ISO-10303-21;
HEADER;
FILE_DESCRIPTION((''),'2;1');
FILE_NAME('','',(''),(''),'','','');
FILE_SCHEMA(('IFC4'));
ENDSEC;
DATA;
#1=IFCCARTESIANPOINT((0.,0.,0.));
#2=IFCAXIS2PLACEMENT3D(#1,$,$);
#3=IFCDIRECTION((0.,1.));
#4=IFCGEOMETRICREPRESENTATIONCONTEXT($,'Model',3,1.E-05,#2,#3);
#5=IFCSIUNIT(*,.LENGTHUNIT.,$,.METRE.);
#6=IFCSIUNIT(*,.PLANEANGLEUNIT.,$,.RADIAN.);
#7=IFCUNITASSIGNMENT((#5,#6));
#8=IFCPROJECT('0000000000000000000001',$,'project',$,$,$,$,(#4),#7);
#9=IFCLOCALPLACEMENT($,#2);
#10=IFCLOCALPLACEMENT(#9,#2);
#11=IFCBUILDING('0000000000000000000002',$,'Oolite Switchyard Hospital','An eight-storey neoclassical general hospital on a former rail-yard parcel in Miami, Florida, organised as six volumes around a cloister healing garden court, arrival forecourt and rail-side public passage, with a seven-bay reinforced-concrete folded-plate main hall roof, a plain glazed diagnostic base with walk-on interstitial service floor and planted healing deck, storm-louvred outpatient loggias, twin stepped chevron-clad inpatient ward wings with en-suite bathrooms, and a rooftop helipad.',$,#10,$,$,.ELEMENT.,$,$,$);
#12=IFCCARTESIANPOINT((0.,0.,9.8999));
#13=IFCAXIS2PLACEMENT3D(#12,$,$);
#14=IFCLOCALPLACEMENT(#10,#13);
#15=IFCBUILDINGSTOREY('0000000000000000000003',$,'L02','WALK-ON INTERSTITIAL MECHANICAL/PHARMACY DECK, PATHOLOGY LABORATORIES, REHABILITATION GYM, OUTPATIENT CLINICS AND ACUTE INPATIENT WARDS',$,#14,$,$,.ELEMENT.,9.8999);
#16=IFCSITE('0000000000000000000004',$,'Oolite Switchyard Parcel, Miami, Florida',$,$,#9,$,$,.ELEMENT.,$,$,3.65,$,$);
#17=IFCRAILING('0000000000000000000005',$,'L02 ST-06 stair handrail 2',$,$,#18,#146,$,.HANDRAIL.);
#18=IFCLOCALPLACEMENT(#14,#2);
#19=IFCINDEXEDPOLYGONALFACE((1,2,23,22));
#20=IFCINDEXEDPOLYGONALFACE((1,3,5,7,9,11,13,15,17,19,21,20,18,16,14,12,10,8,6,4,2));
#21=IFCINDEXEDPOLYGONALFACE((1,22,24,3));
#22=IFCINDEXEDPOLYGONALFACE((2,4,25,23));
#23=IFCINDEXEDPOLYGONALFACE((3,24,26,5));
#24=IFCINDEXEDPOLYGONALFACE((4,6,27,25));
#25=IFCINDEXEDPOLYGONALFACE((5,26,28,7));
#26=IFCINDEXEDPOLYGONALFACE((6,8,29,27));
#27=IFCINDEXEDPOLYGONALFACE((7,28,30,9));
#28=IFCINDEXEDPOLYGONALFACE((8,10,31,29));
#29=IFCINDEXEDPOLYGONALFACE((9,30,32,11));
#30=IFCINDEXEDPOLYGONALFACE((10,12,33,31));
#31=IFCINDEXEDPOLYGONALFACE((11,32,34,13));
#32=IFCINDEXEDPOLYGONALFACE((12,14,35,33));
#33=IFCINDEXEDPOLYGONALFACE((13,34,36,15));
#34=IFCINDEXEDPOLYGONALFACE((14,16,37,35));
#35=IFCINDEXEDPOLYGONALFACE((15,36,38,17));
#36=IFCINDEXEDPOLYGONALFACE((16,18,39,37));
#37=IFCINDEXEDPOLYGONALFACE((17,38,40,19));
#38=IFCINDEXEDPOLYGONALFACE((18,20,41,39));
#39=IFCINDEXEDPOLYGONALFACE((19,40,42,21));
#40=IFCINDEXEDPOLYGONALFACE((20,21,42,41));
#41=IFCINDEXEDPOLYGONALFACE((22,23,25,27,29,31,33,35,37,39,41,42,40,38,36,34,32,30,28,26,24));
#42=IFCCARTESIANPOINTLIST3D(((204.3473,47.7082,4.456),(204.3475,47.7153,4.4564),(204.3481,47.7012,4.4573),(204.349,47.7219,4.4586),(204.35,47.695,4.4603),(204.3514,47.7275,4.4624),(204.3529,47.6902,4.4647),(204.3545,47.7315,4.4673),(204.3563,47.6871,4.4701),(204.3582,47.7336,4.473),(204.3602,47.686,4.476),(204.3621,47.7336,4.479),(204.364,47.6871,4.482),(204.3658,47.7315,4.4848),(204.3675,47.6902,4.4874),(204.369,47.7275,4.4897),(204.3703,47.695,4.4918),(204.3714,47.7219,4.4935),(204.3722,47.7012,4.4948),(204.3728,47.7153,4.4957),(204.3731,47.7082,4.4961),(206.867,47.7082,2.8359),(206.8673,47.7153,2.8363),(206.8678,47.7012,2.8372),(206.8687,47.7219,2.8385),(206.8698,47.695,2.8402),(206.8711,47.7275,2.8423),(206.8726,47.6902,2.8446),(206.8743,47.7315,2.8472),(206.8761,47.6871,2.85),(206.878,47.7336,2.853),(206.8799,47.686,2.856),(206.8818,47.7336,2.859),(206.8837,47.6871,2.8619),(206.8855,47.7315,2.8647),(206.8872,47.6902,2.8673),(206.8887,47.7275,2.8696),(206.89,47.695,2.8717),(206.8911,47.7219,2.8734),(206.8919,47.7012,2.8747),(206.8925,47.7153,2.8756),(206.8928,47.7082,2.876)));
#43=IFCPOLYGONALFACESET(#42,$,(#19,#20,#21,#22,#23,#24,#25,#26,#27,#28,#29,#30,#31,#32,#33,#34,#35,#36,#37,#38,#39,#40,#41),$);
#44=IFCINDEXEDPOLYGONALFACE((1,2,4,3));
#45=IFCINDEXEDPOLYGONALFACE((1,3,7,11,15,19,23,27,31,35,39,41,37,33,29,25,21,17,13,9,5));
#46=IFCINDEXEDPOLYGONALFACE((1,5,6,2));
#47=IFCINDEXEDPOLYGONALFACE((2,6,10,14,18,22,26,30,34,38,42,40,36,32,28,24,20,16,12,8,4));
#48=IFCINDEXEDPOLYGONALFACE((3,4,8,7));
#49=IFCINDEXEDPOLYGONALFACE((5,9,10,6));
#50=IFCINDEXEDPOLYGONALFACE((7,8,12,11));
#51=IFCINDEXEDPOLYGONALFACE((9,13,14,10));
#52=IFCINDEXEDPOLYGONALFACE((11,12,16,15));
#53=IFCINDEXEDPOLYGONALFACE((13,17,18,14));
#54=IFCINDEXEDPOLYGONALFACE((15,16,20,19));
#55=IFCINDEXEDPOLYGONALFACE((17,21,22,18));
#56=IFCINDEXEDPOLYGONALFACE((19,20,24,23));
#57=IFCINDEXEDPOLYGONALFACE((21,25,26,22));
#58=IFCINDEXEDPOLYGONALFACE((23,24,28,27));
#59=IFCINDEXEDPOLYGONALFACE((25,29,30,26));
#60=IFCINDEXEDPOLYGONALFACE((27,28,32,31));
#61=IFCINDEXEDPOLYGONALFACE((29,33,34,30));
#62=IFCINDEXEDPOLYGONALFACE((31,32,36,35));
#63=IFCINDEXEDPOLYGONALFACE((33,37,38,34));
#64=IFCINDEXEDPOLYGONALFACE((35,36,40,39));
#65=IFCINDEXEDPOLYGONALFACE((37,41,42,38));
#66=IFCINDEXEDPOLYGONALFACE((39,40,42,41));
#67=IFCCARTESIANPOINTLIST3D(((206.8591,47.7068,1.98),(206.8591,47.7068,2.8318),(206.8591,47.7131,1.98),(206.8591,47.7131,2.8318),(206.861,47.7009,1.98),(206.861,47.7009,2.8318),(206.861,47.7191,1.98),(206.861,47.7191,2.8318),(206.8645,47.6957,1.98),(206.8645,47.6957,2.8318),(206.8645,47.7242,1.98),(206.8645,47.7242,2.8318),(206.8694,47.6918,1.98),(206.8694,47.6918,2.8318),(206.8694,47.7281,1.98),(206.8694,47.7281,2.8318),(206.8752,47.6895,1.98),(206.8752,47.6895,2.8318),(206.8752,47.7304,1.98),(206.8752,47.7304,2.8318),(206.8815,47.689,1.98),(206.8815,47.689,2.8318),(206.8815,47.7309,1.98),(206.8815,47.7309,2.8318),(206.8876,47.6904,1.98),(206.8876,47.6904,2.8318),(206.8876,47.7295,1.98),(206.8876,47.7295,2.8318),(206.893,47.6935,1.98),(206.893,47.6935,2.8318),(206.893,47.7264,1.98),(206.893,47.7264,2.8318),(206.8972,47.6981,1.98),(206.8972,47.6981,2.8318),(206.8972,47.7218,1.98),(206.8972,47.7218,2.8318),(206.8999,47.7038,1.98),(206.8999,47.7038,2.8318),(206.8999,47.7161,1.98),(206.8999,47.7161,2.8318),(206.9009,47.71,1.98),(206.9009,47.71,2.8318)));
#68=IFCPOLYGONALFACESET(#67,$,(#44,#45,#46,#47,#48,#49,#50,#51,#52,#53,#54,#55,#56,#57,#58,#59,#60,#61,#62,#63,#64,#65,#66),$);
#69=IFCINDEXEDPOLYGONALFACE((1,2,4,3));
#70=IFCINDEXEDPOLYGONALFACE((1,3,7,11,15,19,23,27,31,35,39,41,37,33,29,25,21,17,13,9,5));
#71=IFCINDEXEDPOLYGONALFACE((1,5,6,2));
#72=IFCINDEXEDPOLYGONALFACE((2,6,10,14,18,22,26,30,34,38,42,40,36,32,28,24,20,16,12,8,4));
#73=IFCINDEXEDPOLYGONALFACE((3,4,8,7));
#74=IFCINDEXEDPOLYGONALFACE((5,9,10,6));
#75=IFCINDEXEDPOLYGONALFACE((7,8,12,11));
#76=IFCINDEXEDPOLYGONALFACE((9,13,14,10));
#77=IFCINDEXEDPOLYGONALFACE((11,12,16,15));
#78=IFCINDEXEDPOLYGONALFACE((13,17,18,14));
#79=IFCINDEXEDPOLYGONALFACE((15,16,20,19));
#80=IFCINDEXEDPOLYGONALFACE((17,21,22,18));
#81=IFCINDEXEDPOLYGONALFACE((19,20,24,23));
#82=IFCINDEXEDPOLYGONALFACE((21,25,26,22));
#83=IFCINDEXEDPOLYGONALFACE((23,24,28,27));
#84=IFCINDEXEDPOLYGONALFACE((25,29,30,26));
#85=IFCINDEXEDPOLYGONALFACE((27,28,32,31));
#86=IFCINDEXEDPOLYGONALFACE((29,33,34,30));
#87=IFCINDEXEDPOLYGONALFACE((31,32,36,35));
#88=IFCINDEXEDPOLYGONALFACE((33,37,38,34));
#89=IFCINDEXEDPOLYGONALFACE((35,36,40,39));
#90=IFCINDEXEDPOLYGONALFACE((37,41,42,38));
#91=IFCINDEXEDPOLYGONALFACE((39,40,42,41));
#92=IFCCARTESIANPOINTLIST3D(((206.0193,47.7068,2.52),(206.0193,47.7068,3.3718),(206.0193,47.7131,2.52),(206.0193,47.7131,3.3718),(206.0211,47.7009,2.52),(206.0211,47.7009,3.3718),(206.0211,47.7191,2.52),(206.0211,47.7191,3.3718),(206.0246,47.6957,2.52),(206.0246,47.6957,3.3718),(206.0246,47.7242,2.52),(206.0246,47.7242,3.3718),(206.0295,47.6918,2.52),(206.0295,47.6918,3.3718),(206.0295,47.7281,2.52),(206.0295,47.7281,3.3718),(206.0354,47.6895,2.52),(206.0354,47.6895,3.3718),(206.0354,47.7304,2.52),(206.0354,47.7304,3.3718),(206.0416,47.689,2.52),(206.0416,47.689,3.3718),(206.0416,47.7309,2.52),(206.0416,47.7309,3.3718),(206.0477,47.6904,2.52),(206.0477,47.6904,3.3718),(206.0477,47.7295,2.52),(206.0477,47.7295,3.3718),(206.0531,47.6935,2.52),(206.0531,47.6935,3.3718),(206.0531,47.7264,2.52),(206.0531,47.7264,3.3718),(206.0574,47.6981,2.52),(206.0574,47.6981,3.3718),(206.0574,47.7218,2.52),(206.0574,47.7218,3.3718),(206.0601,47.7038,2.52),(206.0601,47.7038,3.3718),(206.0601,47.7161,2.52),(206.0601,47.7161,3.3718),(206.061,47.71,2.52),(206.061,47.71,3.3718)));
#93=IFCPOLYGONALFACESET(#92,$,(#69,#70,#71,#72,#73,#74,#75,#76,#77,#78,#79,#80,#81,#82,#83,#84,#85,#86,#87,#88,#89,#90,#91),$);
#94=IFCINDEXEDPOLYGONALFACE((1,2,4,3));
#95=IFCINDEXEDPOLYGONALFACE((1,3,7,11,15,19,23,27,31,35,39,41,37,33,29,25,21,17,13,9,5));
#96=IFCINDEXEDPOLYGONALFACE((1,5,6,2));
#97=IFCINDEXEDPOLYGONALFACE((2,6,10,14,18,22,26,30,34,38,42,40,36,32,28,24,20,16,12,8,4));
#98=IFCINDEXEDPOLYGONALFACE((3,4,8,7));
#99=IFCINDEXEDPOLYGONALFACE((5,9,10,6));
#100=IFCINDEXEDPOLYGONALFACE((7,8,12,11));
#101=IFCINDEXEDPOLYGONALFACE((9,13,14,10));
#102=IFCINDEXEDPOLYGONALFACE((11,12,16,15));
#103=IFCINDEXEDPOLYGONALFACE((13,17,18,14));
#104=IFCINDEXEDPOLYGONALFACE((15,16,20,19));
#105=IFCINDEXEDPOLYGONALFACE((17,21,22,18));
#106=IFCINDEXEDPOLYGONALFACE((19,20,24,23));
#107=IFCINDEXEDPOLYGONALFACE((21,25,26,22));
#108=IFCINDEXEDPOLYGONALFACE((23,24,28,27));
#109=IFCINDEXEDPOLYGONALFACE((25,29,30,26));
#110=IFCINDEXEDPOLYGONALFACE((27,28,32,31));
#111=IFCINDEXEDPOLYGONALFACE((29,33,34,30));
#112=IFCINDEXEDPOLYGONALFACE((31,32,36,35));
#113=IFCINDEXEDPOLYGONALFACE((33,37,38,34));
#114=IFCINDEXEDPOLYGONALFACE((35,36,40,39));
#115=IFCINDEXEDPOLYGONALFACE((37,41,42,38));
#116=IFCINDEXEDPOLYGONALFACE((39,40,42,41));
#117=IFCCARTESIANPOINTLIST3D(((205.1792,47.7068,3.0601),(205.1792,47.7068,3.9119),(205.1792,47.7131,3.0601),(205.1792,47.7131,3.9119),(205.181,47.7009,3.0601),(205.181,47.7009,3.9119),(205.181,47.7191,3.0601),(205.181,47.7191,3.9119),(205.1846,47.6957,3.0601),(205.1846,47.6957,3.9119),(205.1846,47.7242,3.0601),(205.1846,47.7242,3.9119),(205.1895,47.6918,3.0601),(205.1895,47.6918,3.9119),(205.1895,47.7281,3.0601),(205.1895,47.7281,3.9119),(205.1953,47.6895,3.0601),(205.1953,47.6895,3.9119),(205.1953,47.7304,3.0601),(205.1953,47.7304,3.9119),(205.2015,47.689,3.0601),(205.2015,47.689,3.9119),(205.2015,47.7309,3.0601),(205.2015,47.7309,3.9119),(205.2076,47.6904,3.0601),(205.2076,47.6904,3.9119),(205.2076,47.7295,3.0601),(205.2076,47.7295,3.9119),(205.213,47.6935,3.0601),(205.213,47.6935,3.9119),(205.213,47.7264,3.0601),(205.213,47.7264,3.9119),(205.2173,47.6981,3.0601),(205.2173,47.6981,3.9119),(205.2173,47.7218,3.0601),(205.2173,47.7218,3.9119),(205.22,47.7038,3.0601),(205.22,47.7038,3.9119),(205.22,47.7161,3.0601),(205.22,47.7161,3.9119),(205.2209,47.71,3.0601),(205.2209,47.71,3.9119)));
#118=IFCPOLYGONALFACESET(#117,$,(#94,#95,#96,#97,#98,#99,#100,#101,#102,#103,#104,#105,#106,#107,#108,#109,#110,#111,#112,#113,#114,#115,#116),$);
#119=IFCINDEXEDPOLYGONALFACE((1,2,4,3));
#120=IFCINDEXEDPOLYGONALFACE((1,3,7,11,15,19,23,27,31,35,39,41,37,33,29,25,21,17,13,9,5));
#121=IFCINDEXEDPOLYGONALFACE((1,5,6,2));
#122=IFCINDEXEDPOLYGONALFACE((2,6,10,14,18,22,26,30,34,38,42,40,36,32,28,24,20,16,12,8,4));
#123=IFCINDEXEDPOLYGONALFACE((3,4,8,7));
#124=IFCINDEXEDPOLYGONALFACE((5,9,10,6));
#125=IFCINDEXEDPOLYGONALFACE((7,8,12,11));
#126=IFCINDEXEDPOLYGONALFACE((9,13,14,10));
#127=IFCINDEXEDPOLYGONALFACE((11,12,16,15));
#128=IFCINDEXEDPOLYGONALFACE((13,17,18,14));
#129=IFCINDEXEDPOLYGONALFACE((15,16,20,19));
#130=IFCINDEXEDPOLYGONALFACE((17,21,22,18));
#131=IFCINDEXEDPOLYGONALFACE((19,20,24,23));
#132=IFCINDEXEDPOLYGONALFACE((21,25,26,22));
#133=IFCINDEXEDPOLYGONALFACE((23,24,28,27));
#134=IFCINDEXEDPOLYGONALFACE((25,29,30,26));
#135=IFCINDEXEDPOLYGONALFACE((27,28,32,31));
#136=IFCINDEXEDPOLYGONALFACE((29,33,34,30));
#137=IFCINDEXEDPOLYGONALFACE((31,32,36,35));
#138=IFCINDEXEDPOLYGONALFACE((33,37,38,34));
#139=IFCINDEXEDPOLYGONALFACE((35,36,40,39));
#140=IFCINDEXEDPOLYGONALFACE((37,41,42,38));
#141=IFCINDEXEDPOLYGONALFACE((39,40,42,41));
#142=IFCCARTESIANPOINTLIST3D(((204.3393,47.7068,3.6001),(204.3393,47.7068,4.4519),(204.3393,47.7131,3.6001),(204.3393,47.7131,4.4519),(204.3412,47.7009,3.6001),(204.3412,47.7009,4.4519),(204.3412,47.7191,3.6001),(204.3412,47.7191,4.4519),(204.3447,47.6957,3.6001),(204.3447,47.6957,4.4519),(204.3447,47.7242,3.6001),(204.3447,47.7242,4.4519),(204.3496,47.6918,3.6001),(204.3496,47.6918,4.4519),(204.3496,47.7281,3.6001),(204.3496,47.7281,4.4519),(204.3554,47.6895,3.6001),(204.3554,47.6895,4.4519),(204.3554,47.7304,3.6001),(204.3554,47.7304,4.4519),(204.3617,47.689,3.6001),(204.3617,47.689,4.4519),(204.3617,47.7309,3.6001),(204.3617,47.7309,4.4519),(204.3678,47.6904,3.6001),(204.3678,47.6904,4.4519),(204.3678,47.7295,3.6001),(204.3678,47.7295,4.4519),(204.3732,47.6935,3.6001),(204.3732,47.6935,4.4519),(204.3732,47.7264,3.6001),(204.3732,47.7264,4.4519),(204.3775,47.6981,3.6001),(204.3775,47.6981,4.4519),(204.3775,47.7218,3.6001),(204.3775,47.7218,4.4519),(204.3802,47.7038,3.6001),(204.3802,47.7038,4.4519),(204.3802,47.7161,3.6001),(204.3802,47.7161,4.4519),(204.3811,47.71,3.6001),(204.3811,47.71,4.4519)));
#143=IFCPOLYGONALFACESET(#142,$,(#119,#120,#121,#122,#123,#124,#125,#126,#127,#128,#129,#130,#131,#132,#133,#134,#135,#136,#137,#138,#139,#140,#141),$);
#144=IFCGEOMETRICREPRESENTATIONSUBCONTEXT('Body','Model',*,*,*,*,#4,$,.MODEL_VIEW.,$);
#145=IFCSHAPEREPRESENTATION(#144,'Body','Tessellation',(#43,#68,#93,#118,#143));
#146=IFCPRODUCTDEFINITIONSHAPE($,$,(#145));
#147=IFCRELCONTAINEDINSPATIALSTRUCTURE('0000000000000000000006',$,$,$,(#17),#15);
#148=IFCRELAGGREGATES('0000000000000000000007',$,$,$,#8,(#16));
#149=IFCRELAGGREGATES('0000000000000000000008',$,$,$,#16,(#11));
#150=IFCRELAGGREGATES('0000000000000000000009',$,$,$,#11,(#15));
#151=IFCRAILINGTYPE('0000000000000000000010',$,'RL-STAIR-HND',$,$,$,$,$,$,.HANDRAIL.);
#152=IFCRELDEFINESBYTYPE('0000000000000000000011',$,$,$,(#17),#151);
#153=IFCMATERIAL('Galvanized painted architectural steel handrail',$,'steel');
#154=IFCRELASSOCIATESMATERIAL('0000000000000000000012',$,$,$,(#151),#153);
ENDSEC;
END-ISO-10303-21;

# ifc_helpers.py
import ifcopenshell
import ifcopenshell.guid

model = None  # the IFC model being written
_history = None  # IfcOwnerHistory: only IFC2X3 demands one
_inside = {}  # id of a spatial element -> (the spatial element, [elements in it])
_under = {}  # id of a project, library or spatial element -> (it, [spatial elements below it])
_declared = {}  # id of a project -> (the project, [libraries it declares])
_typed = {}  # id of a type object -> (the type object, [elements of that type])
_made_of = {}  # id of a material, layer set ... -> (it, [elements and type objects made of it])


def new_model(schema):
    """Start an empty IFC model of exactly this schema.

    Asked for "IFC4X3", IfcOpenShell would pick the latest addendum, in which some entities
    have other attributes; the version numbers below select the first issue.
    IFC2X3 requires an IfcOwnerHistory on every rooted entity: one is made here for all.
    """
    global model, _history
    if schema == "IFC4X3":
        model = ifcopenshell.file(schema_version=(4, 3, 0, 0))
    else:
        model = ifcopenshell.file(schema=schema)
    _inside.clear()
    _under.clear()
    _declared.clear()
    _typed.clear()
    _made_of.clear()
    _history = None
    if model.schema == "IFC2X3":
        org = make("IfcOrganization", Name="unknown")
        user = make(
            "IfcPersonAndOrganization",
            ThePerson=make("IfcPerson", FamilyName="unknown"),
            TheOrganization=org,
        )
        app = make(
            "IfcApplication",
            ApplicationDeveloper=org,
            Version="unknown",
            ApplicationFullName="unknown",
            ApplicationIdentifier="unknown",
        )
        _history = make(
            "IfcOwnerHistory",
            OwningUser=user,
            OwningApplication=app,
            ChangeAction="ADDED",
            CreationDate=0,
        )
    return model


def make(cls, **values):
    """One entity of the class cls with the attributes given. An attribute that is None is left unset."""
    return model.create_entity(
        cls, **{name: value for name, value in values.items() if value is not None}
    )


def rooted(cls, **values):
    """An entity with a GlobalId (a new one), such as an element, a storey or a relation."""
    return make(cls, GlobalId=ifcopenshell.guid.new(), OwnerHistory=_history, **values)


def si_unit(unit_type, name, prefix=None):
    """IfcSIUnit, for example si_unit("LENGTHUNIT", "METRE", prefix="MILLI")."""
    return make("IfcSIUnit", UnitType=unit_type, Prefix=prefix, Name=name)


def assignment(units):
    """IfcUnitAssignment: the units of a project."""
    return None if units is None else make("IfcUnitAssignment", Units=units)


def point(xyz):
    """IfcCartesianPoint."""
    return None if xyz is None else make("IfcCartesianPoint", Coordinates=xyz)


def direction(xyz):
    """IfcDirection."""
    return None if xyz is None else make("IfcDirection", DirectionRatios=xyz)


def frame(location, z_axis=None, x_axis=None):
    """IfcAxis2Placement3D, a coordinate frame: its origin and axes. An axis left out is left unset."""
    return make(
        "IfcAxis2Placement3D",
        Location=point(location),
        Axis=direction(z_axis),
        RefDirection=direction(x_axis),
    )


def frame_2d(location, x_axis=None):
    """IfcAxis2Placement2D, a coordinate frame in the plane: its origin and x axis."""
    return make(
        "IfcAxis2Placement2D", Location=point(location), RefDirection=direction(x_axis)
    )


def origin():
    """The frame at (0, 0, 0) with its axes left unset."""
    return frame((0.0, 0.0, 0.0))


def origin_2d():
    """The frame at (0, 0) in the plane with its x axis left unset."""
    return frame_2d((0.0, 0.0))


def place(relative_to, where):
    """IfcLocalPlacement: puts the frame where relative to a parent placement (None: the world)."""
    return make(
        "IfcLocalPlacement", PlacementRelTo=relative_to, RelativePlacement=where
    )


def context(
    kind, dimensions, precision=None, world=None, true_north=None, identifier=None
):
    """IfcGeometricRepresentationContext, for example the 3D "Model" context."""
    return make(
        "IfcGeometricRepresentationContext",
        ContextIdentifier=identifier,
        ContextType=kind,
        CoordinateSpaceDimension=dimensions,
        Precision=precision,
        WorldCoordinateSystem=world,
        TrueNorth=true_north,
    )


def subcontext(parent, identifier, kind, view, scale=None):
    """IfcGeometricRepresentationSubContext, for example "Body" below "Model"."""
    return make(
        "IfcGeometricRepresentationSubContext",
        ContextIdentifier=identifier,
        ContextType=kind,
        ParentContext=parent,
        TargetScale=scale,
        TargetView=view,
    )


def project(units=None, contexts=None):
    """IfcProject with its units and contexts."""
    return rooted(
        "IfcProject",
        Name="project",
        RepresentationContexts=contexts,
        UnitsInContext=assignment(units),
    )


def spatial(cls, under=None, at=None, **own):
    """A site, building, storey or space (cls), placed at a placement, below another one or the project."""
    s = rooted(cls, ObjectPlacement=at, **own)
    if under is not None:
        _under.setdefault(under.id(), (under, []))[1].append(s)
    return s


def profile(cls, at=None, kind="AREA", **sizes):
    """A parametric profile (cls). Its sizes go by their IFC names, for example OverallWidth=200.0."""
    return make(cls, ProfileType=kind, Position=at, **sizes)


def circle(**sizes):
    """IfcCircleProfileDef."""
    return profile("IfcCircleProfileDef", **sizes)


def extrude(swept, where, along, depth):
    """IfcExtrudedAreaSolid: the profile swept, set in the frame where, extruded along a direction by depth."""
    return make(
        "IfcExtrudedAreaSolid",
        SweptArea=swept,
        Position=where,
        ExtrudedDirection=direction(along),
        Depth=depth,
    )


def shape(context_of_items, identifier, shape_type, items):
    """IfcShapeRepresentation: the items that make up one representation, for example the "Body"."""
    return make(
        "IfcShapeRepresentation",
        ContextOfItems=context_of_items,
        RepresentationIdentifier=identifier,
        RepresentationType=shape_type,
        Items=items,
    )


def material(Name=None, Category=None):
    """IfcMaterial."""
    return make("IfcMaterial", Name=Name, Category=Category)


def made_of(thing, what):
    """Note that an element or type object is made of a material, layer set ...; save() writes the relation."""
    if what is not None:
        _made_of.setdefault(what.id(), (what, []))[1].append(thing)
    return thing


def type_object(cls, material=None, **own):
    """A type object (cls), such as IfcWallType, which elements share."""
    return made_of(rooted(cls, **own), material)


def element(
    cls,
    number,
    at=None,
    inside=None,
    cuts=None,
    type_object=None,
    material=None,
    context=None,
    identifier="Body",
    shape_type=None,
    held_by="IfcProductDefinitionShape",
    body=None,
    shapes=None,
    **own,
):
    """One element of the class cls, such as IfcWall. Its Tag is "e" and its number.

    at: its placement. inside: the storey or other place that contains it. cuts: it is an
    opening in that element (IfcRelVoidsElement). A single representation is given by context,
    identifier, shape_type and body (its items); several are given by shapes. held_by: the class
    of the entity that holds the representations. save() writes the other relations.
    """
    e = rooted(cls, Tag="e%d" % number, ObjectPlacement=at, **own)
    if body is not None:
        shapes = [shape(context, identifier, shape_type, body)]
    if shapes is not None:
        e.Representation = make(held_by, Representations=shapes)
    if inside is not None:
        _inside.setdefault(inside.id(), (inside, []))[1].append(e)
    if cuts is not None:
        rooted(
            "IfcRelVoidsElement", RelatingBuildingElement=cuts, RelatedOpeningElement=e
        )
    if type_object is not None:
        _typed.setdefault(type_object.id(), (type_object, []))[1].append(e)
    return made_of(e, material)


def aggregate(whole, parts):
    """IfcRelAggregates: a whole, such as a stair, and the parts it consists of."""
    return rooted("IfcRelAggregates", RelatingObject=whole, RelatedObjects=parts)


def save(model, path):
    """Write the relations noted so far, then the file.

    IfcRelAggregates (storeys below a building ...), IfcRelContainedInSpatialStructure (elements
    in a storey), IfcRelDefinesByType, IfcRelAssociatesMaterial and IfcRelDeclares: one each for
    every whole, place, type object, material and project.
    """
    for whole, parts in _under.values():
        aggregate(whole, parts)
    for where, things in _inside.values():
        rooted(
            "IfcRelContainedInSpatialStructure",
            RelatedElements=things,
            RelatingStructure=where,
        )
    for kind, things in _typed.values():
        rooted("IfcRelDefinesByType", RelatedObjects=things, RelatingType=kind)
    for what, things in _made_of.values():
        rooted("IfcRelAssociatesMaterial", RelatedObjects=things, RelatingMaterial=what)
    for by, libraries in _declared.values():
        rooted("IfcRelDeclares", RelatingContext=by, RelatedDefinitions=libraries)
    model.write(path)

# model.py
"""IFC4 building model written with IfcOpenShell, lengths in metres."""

from ifc_helpers import new_model, si_unit, direction, frame, origin, origin_2d, place, context, subcontext, project, spatial, circle, extrude, material, type_object, element, save


model = new_model("IFC4")

# Units and contexts
model_context = context("Model", 3, precision=1e-05, world=origin(), true_north=direction((0.0, 1.0)))
body_context = subcontext(model_context, "Body", "Model", "MODEL_VIEW")
ifc_project = project(units=[si_unit("LENGTHUNIT", "METRE"), si_unit("PLANEANGLEUNIT", "RADIAN")], contexts=[model_context])

# Site, building, storey
site_placement = place(None, origin())
site = spatial("IfcSite", under=ifc_project, at=site_placement, Name="Oolite Switchyard Parcel, Miami, Florida", CompositionType="ELEMENT", RefElevation=3.65)
building_placement = place(site_placement, origin())
building = spatial("IfcBuilding", under=site, at=building_placement, Name="Oolite Switchyard Hospital", Description="An eight-storey neoclassical general hospital on a former rail-yard parcel in Miami, Florida, organised as six volumes around a cloister healing garden court, arrival forecourt and rail-side public passage, with a seven-bay reinforced-concrete folded-plate main hall roof, a plain glazed diagnostic base with walk-on interstitial service floor and planted healing deck, storm-louvred outpatient loggias, twin stepped chevron-clad inpatient ward wings with en-suite bathrooms, and a rooftop helipad.", CompositionType="ELEMENT")
storey_placement = place(building_placement, frame((0.0, 0.0, 9.8999)))
storey = spatial("IfcBuildingStorey", under=building, at=storey_placement, Name="L02", Description="WALK-ON INTERSTITIAL MECHANICAL/PHARMACY DECK, PATHOLOGY LABORATORIES, REHABILITATION GYM, OUTPATIENT CLINICS AND ACUTE INPATIENT WARDS", CompositionType="ELEMENT", Elevation=9.8999)

# Railing
ifc_material_1 = material(Name="Galvanized painted architectural steel handrail", Category="steel")
railing_type_1 = type_object("IfcRailingType", Name="RL-STAIR-HND", PredefinedType="HANDRAIL", material=ifc_material_1)
railing_1_placement = place(storey_placement, frame((206.8799, 47.71, 1.98)))
element("IfcRailing", 1, at=railing_1_placement, inside=storey, type_object=railing_type_1, Name="L02 ST-06 stair handrail 2", PredefinedType="HANDRAIL", context=body_context, shape_type="SweptSolid", body=[
    extrude(circle(Radius=0.0239, at=origin_2d()), frame((0.0, 0.0, 0.876), z_axis=(-0.841139, 0.0, 0.540819), x_axis=(0.0, -1.0, 0.0)), (0.0, 0.0, 1.0), 2.9956),
    extrude(circle(Radius=0.021, at=origin_2d()), origin(), (0.0, 0.0, 1.0), 0.8518),
    extrude(circle(Radius=0.021, at=origin_2d()), frame((-0.8398, 0.0, 0.54)), (0.0, 0.0, 1.0), 0.8518),
    extrude(circle(Radius=0.021, at=origin_2d()), frame((-1.6799, 0.0, 1.0801)), (0.0, 0.0, 1.0), 0.8518),
    extrude(circle(Radius=0.021, at=origin_2d()), frame((-2.5198, 0.0, 1.6201)), (0.0, 0.0, 1.0), 0.8518),
])

save(model, "model.ifc")
